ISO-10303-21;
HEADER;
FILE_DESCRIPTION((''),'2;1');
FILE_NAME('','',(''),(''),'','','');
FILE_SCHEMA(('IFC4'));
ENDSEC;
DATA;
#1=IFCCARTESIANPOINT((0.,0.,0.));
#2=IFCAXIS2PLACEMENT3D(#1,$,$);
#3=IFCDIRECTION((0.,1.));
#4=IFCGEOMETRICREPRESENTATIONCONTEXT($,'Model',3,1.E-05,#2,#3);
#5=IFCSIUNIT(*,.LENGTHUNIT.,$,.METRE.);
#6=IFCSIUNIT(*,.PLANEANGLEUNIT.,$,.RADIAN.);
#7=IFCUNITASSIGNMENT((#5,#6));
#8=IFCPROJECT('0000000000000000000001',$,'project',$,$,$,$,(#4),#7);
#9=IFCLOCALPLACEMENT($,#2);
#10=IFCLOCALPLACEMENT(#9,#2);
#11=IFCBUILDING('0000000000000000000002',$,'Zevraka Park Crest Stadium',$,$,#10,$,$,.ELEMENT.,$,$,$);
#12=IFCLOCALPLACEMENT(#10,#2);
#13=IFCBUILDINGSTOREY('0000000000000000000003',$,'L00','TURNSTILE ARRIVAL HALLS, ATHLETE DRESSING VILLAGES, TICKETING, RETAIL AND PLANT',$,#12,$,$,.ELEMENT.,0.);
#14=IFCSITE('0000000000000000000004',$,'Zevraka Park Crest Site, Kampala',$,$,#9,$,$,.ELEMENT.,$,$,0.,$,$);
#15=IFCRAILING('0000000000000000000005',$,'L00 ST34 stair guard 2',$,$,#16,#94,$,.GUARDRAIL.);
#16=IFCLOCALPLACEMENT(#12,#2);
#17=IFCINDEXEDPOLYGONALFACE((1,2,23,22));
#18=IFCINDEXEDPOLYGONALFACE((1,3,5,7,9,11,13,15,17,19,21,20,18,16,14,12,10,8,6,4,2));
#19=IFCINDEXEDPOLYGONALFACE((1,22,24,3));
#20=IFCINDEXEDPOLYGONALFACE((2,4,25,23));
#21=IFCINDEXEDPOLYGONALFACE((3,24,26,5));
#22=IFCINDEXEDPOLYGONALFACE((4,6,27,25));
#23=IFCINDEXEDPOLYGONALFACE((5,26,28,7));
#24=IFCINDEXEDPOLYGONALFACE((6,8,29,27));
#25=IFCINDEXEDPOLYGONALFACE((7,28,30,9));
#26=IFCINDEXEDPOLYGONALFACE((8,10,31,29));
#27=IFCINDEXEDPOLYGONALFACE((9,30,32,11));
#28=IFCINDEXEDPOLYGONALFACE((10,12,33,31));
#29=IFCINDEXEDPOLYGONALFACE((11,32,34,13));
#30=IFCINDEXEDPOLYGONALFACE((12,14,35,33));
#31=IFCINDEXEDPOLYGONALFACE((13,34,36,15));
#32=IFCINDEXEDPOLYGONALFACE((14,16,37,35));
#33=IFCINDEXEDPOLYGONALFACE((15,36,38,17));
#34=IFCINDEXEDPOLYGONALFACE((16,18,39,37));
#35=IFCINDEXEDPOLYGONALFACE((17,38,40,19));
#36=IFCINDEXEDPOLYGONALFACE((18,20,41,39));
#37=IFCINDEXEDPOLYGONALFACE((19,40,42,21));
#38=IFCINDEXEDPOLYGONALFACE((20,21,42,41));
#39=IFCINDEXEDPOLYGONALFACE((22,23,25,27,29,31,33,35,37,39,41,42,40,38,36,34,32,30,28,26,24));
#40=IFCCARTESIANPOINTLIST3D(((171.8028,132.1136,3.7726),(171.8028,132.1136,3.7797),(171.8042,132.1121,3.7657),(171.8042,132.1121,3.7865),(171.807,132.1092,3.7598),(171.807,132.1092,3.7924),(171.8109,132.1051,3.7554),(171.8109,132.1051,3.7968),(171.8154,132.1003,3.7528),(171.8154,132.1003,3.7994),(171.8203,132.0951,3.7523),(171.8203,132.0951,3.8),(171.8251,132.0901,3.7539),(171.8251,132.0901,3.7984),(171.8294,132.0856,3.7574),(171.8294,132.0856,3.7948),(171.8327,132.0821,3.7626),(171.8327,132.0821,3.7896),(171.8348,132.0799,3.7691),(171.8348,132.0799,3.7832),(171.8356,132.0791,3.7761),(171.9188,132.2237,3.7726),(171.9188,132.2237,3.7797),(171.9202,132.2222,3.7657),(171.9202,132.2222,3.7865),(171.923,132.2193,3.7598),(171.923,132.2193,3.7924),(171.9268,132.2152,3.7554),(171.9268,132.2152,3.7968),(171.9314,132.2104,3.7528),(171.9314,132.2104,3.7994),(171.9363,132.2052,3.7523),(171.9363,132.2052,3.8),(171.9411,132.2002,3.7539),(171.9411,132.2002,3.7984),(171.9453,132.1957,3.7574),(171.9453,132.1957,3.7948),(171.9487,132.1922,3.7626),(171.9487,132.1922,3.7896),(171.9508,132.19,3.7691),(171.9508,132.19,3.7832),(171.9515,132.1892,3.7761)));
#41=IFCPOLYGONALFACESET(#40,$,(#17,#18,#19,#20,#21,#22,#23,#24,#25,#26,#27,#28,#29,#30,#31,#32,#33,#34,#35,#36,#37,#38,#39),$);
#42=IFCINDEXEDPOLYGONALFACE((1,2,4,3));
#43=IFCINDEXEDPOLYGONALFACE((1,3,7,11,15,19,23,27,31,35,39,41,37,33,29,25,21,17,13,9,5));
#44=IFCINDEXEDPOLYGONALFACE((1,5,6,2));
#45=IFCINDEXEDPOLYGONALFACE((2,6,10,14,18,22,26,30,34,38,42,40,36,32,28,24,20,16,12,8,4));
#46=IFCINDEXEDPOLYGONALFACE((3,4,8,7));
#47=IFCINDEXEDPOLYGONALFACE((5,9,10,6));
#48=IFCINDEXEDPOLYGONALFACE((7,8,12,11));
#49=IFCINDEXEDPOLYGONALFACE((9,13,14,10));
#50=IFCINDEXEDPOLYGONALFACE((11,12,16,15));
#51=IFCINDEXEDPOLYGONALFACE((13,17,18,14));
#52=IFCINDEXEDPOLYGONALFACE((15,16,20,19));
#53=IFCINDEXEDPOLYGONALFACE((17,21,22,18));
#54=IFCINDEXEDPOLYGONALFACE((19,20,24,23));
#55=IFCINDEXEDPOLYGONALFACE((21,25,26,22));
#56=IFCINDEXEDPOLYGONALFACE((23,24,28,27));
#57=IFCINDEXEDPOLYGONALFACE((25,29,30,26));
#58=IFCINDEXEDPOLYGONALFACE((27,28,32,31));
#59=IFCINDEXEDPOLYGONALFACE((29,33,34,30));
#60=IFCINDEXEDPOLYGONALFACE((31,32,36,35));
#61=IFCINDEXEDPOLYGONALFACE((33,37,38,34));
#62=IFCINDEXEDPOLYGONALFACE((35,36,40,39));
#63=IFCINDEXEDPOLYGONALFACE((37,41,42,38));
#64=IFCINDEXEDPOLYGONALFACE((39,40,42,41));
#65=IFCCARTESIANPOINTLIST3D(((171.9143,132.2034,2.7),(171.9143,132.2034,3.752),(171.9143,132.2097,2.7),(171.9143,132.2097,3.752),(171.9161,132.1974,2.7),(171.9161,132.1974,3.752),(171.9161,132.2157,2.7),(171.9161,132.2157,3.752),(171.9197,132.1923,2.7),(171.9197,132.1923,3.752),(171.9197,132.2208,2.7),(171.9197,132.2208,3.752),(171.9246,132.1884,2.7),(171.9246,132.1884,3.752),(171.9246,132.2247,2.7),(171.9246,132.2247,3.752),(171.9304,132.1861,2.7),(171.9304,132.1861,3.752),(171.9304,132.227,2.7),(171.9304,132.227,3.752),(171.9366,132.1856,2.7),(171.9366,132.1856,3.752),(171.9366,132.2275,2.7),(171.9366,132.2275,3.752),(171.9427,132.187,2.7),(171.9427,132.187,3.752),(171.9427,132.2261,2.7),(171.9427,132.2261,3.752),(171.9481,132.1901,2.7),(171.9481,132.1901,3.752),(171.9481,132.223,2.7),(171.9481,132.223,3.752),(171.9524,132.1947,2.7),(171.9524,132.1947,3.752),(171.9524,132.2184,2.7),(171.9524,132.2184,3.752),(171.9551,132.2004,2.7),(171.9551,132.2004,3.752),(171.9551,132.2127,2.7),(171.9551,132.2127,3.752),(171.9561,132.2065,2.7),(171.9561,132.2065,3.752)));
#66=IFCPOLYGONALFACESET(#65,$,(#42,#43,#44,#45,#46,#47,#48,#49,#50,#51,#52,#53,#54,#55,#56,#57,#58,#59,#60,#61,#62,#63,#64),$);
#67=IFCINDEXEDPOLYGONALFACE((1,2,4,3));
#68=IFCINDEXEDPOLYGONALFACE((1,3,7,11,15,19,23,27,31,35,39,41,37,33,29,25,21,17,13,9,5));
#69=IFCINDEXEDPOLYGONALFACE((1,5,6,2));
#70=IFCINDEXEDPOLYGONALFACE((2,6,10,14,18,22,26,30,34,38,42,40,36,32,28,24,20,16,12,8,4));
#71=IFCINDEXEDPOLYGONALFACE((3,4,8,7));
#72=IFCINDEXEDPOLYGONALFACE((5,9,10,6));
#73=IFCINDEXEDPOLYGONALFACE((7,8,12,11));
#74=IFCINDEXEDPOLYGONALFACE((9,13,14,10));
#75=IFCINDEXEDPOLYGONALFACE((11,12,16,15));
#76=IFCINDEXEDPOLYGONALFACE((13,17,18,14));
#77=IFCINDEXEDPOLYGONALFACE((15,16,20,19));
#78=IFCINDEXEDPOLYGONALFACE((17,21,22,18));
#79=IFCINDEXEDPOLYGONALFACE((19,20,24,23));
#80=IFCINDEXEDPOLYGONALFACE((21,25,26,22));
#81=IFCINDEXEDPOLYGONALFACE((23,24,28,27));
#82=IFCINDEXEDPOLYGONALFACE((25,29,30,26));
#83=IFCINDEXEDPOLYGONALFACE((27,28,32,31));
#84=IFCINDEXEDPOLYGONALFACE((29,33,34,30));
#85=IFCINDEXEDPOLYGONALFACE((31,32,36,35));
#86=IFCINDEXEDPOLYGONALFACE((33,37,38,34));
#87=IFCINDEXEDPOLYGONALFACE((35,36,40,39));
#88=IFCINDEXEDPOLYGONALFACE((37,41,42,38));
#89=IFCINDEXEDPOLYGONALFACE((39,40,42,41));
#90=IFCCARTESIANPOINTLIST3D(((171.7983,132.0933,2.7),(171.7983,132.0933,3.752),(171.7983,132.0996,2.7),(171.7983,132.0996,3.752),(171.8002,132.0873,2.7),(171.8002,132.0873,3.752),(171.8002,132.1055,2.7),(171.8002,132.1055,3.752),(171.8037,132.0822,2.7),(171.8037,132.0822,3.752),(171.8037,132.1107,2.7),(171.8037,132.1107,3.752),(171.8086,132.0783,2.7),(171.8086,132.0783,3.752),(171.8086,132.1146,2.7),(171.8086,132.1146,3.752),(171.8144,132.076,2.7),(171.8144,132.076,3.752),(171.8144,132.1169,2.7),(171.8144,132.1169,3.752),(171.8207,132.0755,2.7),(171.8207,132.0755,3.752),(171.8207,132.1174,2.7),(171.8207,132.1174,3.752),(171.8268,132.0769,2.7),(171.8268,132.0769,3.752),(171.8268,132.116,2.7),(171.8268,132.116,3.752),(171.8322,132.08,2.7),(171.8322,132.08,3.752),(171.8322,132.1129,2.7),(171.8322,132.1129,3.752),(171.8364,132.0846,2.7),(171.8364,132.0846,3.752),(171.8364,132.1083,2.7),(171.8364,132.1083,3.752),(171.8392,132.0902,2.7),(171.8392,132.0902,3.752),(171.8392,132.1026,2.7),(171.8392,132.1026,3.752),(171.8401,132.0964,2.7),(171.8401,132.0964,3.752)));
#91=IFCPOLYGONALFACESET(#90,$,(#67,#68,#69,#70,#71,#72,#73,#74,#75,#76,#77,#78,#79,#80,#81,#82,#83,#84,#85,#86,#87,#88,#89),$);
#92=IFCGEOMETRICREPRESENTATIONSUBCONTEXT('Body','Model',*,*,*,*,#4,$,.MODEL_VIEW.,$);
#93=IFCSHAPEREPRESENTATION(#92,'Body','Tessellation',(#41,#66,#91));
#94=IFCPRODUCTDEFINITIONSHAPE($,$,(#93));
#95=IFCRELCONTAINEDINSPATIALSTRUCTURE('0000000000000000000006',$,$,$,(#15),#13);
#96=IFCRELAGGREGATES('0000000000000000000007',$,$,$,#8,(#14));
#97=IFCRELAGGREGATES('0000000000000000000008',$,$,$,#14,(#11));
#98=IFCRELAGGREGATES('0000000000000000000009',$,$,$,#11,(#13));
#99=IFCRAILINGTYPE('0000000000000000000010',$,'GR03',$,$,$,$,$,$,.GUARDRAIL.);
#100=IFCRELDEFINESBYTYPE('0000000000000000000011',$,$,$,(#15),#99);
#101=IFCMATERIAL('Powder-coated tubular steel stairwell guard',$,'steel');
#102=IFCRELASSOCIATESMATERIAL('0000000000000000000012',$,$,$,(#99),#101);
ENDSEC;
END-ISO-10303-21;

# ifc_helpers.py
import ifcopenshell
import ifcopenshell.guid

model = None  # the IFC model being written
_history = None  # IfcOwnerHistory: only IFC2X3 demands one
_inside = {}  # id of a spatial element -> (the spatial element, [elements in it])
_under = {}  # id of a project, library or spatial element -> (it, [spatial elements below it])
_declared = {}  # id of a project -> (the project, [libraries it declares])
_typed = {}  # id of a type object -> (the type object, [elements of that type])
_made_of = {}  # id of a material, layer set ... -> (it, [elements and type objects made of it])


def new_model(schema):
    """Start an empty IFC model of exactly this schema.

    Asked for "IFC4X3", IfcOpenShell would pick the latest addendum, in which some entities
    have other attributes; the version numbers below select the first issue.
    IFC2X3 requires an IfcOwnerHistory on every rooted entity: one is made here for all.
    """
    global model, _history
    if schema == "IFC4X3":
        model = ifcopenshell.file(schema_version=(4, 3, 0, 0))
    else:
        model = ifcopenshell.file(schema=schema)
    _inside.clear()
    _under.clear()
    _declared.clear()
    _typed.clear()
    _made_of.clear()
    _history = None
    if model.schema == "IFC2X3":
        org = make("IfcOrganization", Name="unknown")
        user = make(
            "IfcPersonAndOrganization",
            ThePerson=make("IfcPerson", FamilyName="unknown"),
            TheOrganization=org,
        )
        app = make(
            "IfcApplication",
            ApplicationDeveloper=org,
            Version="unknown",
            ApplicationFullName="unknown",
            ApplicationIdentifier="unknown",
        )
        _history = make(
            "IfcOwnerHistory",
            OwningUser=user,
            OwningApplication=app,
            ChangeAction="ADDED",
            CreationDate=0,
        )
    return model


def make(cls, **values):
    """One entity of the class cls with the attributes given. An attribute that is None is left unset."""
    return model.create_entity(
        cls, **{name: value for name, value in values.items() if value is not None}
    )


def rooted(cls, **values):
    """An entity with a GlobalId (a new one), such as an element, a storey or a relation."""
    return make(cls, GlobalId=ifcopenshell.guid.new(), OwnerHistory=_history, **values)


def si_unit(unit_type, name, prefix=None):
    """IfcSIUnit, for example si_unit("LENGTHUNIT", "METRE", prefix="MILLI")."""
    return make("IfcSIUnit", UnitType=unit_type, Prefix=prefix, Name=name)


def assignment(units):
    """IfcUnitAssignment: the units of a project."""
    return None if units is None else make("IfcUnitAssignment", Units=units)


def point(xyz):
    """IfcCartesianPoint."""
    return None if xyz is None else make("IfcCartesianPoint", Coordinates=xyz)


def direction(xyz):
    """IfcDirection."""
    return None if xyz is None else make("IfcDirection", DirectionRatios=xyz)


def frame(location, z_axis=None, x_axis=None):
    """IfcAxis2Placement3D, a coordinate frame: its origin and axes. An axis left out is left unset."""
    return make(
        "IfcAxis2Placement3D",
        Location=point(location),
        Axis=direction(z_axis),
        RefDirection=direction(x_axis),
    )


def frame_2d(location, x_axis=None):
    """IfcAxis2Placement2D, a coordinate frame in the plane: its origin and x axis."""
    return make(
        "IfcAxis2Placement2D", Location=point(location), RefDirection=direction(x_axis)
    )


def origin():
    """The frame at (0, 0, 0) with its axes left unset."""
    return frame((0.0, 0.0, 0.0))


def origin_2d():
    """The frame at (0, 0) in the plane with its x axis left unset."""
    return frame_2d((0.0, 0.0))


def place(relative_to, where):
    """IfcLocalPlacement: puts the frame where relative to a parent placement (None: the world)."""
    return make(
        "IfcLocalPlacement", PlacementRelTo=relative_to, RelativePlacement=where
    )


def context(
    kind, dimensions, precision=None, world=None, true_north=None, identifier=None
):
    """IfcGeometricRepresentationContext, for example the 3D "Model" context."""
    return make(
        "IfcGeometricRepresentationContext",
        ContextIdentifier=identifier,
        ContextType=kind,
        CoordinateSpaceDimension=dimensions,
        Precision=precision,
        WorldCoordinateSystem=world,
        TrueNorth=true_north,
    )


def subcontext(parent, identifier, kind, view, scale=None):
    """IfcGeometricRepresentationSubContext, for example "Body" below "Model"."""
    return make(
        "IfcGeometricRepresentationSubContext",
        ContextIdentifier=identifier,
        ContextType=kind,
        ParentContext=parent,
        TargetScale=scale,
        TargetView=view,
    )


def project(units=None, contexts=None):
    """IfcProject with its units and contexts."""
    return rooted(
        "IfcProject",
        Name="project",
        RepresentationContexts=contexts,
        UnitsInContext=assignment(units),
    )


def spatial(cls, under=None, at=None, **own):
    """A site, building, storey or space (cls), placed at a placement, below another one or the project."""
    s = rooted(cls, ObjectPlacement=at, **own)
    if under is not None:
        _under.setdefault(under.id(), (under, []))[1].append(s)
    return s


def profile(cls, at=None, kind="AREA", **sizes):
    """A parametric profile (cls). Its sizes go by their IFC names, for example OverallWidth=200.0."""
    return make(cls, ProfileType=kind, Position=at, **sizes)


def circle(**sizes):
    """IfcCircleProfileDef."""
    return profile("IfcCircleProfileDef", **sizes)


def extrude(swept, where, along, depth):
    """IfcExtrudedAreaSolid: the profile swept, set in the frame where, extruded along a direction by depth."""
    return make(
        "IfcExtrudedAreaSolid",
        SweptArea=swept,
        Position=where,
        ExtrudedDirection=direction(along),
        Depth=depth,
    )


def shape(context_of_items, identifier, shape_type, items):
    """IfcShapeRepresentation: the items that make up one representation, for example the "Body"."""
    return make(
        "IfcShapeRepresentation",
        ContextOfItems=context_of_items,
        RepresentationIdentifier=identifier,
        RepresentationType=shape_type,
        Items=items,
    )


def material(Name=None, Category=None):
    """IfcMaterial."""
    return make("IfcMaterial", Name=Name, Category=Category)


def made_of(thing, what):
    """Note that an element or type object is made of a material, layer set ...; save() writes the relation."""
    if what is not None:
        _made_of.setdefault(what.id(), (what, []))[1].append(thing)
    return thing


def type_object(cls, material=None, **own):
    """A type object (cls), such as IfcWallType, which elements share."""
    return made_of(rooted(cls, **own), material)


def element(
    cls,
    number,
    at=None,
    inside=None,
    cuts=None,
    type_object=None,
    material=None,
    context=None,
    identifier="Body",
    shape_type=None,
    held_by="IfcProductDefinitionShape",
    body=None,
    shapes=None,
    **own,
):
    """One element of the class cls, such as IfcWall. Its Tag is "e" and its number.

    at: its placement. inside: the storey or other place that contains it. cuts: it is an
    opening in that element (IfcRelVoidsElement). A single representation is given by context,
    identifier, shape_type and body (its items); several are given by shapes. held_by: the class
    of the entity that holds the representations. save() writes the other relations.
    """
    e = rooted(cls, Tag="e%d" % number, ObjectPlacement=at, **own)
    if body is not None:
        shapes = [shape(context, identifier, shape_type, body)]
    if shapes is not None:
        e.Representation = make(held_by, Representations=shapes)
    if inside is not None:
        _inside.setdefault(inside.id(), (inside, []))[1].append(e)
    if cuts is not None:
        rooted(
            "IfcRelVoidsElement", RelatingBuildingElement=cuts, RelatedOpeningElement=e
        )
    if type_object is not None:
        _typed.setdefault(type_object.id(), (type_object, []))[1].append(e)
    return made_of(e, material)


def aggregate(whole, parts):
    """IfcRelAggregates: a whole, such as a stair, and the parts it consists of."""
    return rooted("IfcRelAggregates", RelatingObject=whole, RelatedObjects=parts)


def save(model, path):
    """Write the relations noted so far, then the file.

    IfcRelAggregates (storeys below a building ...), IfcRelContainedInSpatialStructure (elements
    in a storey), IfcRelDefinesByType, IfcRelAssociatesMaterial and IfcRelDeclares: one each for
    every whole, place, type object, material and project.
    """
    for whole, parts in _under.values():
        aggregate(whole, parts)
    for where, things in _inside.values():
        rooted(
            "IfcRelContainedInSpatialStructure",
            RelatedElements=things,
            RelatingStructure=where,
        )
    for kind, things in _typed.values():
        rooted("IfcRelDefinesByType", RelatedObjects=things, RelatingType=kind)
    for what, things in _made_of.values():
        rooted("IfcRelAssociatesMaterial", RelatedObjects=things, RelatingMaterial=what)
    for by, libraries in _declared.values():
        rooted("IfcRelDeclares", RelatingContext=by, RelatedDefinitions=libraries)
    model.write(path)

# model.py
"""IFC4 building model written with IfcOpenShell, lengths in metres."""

from ifc_helpers import new_model, si_unit, direction, frame, origin, origin_2d, place, context, subcontext, project, spatial, circle, extrude, material, type_object, element, save


model = new_model("IFC4")

# Units and contexts
model_context = context("Model", 3, precision=1e-05, world=origin(), true_north=direction((0.0, 1.0)))
body_context = subcontext(model_context, "Body", "Model", "MODEL_VIEW")
ifc_project = project(units=[si_unit("LENGTHUNIT", "METRE"), si_unit("PLANEANGLEUNIT", "RADIAN")], contexts=[model_context])

# Site, building, storey
site_placement = place(None, origin())
site = spatial("IfcSite", under=ifc_project, at=site_placement, Name="Zevraka Park Crest Site, Kampala", CompositionType="ELEMENT", RefElevation=0.0)
building_placement = place(site_placement, origin())
building = spatial("IfcBuilding", under=site, at=building_placement, Name="Zevraka Park Crest Stadium", CompositionType="ELEMENT")
storey_placement = place(building_placement, origin())
storey = spatial("IfcBuildingStorey", under=building, at=storey_placement, Name="L00", Description="TURNSTILE ARRIVAL HALLS, ATHLETE DRESSING VILLAGES, TICKETING, RETAIL AND PLANT", CompositionType="ELEMENT", Elevation=0.0)

# Railing
ifc_material_1 = material(Name="Powder-coated tubular steel stairwell guard", Category="steel")
railing_type_1 = type_object("IfcRailingType", Name="GR03", PredefinedType="GUARDRAIL", material=ifc_material_1)
railing_1_placement = place(storey_placement, frame((171.9351, 132.2065, 2.7)))
element("IfcRailing", 1, at=railing_1_placement, inside=storey, type_object=railing_type_1, Name="L00 ST34 stair guard 2", PredefinedType="GUARDRAIL", context=body_context, shape_type="SweptSolid", body=[
    extrude(circle(Radius=0.0239, at=origin_2d()), frame((0.0, 0.0, 1.0762), z_axis=(-0.72519, -0.688549, 0.0), x_axis=(0.688549, -0.72519, 0.0)), (0.0, 0.0, 1.0), 0.1599),
    extrude(circle(Radius=0.021, at=origin_2d()), origin(), (0.0, 0.0, 1.0), 1.052),
    extrude(circle(Radius=0.021, at=origin_2d()), frame((-0.116, -0.1101, 0.0)), (0.0, 0.0, 1.0), 1.052),
])

save(model, "model.ifc")
